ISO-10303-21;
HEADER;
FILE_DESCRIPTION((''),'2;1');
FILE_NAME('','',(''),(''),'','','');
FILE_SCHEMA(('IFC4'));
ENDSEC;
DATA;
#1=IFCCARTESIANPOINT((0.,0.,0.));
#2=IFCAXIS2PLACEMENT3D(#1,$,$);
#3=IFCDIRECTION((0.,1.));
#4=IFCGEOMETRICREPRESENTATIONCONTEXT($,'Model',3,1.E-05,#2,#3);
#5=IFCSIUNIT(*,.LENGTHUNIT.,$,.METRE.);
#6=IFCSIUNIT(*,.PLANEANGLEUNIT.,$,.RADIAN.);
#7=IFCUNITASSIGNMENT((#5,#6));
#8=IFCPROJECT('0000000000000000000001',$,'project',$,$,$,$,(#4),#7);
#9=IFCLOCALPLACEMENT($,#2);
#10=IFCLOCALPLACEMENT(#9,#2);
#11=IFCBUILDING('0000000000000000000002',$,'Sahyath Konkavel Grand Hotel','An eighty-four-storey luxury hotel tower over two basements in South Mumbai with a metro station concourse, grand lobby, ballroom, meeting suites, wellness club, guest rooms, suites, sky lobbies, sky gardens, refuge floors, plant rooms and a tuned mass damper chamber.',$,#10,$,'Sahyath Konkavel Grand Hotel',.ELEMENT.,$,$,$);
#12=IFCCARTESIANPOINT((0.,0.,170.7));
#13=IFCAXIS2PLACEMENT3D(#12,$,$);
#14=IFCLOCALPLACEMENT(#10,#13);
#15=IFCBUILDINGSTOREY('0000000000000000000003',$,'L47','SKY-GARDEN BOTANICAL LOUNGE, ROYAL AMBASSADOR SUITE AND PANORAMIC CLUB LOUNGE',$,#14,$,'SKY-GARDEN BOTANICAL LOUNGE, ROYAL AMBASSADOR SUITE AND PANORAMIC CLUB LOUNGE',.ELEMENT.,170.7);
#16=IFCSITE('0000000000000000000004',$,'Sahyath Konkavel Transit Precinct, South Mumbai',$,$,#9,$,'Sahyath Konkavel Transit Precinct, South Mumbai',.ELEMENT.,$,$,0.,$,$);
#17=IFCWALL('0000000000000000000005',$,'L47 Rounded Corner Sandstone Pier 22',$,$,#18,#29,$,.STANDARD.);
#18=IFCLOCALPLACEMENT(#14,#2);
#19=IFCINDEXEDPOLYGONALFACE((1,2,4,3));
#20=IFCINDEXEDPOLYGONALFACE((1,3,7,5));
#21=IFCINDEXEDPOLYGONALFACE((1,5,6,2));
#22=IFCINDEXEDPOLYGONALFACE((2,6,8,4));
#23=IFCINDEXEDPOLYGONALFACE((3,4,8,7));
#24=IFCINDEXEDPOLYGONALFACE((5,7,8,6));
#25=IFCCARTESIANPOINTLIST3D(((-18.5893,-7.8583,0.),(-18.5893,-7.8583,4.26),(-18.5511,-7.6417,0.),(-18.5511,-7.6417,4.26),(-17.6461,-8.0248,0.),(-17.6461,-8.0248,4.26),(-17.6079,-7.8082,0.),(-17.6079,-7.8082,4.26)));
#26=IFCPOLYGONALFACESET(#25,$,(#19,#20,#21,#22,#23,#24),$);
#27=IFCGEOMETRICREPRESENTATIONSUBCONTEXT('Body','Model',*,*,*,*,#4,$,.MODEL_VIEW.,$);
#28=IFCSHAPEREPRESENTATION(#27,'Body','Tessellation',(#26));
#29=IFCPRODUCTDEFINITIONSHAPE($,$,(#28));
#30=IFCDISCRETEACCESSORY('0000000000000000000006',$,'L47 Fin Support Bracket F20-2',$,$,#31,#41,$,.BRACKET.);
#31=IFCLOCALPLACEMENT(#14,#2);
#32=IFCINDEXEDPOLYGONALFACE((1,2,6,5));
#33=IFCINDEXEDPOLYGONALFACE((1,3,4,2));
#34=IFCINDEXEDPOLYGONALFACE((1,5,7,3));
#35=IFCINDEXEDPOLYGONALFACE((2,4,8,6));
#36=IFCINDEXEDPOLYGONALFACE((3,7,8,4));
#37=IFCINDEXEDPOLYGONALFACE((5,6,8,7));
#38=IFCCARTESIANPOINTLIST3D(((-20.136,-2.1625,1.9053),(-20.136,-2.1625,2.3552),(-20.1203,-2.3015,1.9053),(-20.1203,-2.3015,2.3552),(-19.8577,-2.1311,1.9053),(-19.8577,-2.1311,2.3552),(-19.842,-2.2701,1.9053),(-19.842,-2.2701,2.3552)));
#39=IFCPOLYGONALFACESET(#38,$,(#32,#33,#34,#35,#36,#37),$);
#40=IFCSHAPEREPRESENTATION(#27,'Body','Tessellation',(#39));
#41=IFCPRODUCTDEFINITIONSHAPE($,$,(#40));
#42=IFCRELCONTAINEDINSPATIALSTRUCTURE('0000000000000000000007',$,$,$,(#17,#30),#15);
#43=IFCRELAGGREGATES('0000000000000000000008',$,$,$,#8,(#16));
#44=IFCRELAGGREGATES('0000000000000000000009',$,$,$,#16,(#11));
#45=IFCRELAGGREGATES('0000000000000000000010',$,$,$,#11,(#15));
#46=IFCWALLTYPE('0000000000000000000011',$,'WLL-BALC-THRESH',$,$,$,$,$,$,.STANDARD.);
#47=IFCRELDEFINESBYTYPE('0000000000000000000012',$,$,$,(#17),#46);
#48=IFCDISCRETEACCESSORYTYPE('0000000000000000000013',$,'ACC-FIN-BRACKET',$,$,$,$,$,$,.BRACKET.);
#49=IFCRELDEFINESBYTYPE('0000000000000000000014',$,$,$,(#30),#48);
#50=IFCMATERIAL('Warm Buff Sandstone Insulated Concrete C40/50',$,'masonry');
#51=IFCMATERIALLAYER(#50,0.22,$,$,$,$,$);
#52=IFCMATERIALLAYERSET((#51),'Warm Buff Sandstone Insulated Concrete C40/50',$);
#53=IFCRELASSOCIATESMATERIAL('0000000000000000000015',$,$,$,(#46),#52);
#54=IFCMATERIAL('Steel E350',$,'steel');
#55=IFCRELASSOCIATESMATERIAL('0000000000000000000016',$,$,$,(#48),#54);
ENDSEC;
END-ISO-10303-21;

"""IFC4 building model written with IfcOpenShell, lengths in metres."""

from ifc_helpers import new_model, si_unit, direction, frame, frame_2d, origin, origin_2d, place, context, subcontext, project, spatial, rectangle, extrude, source, transform, mapped, material, layer, layer_set, type_object, element, save


model = new_model("IFC4")

# Units and contexts
model_context = context("Model", 3, precision=1e-05, world=origin(), true_north=direction((0.0, 1.0)))
body_context = subcontext(model_context, "Body", "Model", "MODEL_VIEW")
ifc_project = project(units=[si_unit("LENGTHUNIT", "METRE"), si_unit("PLANEANGLEUNIT", "RADIAN")], contexts=[model_context])

# Site, building, storey
site_placement = place(None, origin())
site = spatial("IfcSite", under=ifc_project, at=site_placement, Name="Sahyath Konkavel Transit Precinct, South Mumbai", LongName="Sahyath Konkavel Transit Precinct, South Mumbai", CompositionType="ELEMENT", RefElevation=0.0)
building_placement = place(site_placement, origin())
building = spatial("IfcBuilding", under=site, at=building_placement, Name="Sahyath Konkavel Grand Hotel", Description="An eighty-four-storey luxury hotel tower over two basements in South Mumbai with a metro station concourse, grand lobby, ballroom, meeting suites, wellness club, guest rooms, suites, sky lobbies, sky gardens, refuge floors, plant rooms and a tuned mass damper chamber.", LongName="Sahyath Konkavel Grand Hotel", CompositionType="ELEMENT")
storey_placement = place(building_placement, frame((0.0, 0.0, 170.7)))
storey = spatial("IfcBuildingStorey", under=building, at=storey_placement, Name="L47", Description="SKY-GARDEN BOTANICAL LOUNGE, ROYAL AMBASSADOR SUITE AND PANORAMIC CLUB LOUNGE", LongName="SKY-GARDEN BOTANICAL LOUNGE, ROYAL AMBASSADOR SUITE AND PANORAMIC CLUB LOUNGE", CompositionType="ELEMENT", Elevation=170.7)

# Shared definitions
ifc_material_1 = material(Name="Steel E350", Category="steel")

# Wall
ifc_material_2 = material(Name="Warm Buff Sandstone Insulated Concrete C40/50", Category="masonry")
ifc_layer_1 = layer(ifc_material_2, 0.22)
ifc_layer_set_1 = layer_set([ifc_layer_1], Name="Warm Buff Sandstone Insulated Concrete C40/50")
wall_type = type_object("IfcWallType", Name="WLL-BALC-THRESH", PredefinedType="STANDARD", material=ifc_layer_set_1)
wall_1_placement = place(storey_placement, frame((-18.5703, -7.75, 0.0), z_axis=(0.0, 0.0, 1.0), x_axis=(0.984771, -0.173858, 0.0)))
element("IfcWall", 1, at=wall_1_placement, inside=storey, type_object=wall_type, Name="L47 Rounded Corner Sandstone Pier 22", PredefinedType="STANDARD", context=body_context, shape_type="SweptSolid", body=[
    extrude(rectangle(XDim=0.9578, YDim=0.22, at=frame_2d((0.479, 0.0))), origin(), (0.0, 0.0, 1.0), 4.26),
])

# Discrete accessory
discrete_accessory_type = type_object("IfcDiscreteAccessoryType", Name="ACC-FIN-BRACKET", PredefinedType="BRACKET", material=ifc_material_1)
shared_shape_1 = source(origin(), body_context, "Body", "SweptSolid", [
    extrude(rectangle(XDim=0.28, YDim=0.1399, at=origin_2d()), origin(), (0.0, 0.0, 1.0), 0.45),
])
discrete_accessory_placement = place(storey_placement, frame((-19.989, -2.2163, 1.9053), z_axis=(0.0, 0.0, 1.0), x_axis=(-0.993709, -0.111989, 0.0)))
element("IfcDiscreteAccessory", 2, at=discrete_accessory_placement, inside=storey, type_object=discrete_accessory_type, Name="L47 Fin Support Bracket F20-2", PredefinedType="BRACKET", context=body_context, shape_type="MappedRepresentation", body=[
    mapped(shared_shape_1, transform((0.0, 0.0, 0.0), scale=1.0)),
])

save(model, "model.ifc")
